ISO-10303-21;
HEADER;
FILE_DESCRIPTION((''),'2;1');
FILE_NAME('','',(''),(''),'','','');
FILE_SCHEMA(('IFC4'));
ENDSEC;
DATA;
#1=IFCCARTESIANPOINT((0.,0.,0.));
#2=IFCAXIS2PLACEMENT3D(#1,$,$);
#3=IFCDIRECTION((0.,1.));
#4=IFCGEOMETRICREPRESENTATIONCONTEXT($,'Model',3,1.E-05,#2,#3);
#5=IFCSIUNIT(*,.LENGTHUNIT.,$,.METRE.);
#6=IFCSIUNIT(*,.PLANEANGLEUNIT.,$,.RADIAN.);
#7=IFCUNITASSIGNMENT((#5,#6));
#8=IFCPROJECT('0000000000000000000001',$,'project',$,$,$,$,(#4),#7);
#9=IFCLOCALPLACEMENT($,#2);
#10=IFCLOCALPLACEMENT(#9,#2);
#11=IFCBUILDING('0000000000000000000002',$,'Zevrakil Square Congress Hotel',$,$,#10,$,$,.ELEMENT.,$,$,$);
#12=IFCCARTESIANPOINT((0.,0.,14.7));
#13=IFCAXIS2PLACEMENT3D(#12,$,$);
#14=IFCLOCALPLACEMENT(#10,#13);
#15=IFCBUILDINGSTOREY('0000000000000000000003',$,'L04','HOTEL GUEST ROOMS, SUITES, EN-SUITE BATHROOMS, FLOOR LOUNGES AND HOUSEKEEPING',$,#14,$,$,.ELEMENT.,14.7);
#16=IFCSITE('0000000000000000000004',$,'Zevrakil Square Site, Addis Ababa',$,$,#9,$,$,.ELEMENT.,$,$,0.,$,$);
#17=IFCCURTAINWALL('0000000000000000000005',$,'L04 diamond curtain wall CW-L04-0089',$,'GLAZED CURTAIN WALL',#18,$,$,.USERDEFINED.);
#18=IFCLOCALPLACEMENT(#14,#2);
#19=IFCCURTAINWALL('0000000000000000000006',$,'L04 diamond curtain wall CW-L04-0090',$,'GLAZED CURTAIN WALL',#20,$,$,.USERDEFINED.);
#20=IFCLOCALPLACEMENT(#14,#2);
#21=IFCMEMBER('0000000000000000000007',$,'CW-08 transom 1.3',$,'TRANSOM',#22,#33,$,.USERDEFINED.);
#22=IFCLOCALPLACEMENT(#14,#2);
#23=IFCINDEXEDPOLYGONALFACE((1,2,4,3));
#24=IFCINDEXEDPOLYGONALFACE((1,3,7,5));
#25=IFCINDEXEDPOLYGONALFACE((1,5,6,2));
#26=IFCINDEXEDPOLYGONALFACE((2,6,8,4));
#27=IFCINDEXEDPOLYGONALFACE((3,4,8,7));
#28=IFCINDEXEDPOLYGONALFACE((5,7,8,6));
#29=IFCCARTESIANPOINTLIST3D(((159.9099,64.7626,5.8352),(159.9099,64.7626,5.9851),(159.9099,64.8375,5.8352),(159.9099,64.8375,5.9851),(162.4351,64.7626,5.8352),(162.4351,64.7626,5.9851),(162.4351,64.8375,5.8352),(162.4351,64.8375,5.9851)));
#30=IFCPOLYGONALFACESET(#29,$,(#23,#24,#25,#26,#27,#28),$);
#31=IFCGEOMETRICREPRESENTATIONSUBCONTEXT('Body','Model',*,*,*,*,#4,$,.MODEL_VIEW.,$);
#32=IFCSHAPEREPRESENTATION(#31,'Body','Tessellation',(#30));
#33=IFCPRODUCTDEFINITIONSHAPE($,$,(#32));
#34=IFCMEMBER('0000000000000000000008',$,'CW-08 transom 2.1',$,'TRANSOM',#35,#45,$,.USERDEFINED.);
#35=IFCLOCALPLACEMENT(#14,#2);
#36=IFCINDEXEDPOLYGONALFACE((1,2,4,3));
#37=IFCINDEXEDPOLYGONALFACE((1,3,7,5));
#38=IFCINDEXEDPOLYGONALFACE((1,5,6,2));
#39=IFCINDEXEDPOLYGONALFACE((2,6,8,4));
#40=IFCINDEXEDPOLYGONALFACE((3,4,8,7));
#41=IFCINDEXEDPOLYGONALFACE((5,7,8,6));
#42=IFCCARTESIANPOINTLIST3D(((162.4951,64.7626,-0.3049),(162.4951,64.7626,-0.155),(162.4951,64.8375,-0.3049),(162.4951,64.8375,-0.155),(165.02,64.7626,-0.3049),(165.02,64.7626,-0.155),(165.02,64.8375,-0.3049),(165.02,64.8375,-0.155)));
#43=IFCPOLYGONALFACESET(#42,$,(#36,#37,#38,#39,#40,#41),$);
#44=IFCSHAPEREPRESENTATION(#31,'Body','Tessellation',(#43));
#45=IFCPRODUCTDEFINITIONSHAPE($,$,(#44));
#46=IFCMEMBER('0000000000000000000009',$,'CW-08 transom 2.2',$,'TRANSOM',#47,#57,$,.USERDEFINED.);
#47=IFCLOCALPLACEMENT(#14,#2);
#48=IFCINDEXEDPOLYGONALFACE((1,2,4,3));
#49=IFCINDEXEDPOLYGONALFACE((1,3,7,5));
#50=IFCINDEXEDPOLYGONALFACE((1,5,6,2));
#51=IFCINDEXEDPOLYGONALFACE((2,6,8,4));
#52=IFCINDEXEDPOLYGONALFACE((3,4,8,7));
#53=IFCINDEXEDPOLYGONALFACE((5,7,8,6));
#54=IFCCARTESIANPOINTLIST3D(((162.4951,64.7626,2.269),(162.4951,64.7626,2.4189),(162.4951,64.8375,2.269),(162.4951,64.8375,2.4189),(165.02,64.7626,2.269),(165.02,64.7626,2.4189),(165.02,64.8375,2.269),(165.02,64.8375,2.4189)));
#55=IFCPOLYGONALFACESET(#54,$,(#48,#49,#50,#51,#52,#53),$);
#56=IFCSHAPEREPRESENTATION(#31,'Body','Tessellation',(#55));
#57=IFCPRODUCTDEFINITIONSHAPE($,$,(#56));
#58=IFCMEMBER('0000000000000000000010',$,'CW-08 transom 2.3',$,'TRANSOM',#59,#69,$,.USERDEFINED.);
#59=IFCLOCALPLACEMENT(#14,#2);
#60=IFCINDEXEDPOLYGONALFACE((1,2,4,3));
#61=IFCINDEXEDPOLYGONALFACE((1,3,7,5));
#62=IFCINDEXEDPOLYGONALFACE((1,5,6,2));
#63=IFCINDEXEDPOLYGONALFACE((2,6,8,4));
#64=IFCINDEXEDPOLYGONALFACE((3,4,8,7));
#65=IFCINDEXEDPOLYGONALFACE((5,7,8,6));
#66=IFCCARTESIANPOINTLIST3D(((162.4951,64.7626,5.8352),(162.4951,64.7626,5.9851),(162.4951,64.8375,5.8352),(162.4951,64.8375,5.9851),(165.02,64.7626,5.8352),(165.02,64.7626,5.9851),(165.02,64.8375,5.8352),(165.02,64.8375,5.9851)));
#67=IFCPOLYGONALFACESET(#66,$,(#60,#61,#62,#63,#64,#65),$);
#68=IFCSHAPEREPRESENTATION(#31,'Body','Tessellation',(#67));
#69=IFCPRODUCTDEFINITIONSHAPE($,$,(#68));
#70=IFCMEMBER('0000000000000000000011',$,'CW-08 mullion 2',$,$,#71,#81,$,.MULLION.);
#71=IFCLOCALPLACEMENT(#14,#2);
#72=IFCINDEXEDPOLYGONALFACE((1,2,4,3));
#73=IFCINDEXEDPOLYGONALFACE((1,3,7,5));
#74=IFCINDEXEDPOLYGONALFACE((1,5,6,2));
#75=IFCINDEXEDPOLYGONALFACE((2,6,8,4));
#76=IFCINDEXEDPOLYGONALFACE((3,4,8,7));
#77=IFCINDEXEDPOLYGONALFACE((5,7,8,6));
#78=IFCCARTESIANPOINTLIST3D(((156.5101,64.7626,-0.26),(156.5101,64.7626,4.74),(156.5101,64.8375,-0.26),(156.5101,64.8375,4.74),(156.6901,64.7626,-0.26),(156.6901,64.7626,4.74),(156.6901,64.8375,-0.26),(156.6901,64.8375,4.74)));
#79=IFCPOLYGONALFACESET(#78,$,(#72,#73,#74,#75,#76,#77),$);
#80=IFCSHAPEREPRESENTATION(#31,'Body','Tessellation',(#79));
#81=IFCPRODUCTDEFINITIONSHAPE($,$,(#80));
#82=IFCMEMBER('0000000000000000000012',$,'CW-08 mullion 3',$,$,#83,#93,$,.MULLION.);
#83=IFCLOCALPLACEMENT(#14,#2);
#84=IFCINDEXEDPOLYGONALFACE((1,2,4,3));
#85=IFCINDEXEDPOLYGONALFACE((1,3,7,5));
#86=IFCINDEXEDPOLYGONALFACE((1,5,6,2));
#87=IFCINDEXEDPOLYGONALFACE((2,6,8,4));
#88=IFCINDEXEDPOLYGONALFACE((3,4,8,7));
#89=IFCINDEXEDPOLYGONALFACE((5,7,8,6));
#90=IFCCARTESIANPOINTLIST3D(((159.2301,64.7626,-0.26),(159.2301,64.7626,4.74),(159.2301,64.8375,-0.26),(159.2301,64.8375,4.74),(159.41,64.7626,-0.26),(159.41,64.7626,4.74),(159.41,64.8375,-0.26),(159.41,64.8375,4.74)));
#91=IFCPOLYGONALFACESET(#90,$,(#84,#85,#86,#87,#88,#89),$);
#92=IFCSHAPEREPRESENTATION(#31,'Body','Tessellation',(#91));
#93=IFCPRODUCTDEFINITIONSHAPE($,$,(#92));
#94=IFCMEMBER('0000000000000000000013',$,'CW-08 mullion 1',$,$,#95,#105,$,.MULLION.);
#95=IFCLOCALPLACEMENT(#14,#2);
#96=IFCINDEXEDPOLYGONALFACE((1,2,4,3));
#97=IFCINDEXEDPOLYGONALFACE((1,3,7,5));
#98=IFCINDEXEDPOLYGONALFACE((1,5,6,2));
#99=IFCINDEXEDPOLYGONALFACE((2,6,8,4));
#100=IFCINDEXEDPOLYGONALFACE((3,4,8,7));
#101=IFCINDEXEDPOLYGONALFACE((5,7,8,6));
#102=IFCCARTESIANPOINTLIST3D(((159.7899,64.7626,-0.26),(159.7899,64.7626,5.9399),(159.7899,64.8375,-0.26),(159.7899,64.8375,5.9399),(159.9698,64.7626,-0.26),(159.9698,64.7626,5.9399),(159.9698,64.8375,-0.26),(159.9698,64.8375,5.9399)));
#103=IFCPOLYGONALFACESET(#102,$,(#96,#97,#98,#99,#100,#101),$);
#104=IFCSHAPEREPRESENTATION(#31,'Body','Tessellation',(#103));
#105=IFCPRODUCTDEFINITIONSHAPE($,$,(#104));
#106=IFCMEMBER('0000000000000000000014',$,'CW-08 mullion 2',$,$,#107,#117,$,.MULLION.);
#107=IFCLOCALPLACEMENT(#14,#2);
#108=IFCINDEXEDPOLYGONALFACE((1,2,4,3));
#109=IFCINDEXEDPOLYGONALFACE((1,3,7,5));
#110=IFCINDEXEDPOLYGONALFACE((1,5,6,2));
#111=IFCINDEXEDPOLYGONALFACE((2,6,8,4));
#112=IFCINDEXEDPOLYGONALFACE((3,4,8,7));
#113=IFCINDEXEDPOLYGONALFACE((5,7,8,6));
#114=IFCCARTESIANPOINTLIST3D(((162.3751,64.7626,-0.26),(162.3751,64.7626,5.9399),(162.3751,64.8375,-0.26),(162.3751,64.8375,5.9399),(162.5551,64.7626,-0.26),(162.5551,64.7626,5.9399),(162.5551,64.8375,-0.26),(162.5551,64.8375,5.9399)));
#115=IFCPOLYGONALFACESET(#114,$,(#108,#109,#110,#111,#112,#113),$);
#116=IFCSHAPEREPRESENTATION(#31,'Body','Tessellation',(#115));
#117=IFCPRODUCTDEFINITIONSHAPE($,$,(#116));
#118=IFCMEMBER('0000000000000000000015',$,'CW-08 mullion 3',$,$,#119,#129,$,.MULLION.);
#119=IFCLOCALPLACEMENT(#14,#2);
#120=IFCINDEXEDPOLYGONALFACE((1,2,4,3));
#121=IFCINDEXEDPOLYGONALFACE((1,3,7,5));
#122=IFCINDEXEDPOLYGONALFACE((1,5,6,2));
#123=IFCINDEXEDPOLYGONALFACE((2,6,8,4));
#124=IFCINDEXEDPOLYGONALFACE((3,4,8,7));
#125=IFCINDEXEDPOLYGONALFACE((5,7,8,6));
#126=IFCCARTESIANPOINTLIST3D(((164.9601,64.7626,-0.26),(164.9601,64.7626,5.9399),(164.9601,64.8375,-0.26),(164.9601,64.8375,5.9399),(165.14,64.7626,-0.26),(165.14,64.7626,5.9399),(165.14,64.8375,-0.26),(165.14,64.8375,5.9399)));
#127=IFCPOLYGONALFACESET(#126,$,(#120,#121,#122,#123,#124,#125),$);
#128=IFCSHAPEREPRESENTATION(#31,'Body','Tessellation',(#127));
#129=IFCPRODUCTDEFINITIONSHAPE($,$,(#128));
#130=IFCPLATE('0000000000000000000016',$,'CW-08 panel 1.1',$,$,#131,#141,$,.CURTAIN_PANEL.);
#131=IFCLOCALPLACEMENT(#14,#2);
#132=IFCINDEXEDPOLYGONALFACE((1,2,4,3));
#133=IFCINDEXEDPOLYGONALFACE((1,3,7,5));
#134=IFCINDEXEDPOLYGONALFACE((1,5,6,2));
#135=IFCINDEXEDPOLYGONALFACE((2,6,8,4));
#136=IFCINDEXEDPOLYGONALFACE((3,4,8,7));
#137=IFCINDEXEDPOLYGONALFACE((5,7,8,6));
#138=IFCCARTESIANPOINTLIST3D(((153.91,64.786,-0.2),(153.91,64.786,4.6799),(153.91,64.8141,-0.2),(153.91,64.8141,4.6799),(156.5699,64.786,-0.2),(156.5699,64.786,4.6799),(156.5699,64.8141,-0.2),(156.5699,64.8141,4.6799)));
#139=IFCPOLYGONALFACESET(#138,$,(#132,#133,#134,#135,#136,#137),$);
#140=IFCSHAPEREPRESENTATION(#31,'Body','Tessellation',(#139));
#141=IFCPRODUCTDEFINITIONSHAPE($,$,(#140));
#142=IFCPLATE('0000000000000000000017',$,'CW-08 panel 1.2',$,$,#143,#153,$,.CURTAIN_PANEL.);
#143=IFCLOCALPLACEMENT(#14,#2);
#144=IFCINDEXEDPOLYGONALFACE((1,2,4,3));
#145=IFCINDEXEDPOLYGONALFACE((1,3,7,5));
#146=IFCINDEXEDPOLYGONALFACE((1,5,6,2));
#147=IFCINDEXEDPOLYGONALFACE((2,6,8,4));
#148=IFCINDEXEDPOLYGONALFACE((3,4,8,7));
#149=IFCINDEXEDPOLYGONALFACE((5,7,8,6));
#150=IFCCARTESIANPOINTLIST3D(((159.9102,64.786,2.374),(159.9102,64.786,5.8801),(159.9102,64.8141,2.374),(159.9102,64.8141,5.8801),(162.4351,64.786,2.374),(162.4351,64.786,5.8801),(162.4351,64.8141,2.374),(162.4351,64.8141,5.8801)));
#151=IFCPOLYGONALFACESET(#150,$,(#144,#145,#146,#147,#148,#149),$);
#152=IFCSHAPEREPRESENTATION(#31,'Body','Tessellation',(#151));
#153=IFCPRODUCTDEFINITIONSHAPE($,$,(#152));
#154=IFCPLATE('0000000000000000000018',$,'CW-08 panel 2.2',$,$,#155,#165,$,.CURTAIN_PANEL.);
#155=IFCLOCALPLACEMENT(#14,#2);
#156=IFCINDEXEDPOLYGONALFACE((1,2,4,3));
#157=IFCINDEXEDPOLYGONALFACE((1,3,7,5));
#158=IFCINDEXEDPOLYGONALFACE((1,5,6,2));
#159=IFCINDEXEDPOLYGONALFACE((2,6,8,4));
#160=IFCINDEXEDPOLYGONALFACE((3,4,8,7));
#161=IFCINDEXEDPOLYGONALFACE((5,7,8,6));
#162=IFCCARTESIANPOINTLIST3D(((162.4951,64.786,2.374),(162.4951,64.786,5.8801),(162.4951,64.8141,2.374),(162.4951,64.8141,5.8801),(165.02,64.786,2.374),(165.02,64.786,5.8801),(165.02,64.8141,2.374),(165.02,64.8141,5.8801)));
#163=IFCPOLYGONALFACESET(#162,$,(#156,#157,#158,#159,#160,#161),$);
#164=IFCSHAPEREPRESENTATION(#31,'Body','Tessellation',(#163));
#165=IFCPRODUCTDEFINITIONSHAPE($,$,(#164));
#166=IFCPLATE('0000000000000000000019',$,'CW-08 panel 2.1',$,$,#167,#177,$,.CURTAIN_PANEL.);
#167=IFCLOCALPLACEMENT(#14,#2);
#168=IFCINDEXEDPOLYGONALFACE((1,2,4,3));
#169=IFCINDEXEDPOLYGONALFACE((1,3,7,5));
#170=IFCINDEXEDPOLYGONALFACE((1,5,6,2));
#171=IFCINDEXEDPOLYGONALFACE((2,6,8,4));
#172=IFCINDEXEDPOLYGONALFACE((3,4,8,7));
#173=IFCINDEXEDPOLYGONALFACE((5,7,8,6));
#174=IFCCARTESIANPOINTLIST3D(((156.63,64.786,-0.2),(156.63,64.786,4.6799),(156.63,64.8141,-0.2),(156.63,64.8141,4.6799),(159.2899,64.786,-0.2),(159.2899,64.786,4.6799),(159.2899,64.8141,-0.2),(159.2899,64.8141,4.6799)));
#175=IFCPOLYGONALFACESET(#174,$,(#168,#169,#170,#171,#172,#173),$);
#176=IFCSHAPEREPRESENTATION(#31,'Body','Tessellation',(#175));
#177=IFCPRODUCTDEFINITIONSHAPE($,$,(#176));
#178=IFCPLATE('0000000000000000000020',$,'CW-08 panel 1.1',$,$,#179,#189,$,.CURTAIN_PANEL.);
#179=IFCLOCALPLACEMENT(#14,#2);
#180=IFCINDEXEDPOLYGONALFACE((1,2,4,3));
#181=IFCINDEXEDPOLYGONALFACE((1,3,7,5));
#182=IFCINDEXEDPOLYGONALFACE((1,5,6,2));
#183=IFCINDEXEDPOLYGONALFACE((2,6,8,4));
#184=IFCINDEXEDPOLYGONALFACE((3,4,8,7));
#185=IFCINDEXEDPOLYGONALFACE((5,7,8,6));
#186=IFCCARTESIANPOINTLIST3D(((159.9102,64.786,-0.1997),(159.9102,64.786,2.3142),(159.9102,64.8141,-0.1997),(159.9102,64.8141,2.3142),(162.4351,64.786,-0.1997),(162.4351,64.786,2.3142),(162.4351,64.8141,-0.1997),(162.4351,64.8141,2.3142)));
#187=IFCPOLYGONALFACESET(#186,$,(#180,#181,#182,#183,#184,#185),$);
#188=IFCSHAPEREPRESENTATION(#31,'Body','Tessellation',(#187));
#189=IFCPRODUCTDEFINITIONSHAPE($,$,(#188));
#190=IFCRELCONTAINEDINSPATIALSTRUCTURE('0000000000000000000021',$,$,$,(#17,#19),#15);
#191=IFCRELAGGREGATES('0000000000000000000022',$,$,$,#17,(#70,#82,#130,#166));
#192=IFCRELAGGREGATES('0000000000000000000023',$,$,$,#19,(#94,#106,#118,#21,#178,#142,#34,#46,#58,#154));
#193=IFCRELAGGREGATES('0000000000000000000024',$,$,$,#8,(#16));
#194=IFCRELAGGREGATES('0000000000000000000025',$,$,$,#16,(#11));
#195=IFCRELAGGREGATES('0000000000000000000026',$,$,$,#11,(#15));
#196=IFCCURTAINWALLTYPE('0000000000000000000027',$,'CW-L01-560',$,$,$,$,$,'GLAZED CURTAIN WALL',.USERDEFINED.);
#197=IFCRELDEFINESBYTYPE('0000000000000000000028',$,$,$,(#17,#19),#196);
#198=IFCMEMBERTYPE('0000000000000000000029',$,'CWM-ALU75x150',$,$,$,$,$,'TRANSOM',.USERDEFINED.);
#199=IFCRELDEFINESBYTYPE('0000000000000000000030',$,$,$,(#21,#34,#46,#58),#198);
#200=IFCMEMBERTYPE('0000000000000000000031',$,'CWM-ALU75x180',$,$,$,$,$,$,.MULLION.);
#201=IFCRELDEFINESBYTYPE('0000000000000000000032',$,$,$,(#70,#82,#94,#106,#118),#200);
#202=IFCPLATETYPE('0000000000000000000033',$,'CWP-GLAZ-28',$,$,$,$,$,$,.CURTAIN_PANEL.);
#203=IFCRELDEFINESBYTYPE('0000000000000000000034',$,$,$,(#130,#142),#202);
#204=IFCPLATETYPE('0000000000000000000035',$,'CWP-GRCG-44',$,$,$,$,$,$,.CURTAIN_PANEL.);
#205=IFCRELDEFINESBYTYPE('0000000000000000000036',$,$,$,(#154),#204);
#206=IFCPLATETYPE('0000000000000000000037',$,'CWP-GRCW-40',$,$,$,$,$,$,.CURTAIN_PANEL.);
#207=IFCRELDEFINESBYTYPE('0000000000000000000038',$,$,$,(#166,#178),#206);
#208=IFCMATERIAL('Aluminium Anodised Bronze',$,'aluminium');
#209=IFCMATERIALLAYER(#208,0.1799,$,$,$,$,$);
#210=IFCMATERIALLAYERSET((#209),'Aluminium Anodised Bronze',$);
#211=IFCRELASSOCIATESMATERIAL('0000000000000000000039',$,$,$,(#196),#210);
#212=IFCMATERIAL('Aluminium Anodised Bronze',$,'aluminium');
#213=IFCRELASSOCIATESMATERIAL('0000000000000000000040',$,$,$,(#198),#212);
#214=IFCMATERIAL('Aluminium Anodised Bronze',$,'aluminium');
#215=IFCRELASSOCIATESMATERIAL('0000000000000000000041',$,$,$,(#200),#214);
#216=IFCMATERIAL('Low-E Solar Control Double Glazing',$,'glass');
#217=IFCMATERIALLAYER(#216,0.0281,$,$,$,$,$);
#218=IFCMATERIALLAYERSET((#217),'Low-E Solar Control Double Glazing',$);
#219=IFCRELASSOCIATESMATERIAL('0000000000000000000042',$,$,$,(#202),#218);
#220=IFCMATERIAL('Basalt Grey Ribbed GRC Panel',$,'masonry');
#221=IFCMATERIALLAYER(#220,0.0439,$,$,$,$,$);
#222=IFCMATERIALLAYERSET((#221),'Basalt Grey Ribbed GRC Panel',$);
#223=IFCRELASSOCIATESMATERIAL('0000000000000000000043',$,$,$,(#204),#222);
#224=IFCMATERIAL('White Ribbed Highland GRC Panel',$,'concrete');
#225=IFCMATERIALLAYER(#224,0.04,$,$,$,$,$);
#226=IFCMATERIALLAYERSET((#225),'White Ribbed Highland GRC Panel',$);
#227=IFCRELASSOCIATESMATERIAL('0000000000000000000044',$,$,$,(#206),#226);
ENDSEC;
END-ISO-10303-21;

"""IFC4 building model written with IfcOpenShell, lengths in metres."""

from ifc_helpers import new_model, si_unit, direction, frame, origin, origin_2d, place, context, subcontext, project, spatial, rectangle, extrude, material, layer, layer_set, material_profile, profile_set, type_object, element, aggregate, save


model = new_model("IFC4")

# Units and contexts
model_context = context("Model", 3, precision=1e-05, world=origin(), true_north=direction((0.0, 1.0)))
body_context = subcontext(model_context, "Body", "Model", "MODEL_VIEW")
ifc_project = project(units=[si_unit("LENGTHUNIT", "METRE"), si_unit("PLANEANGLEUNIT", "RADIAN")], contexts=[model_context])

# Site, building, storey
site_placement = place(None, origin())
site = spatial("IfcSite", under=ifc_project, at=site_placement, Name="Zevrakil Square Site, Addis Ababa", CompositionType="ELEMENT", RefElevation=0.0)
building_placement = place(site_placement, origin())
building = spatial("IfcBuilding", under=site, at=building_placement, Name="Zevrakil Square Congress Hotel", CompositionType="ELEMENT")
storey_placement = place(building_placement, frame((0.0, 0.0, 14.7)))
storey = spatial("IfcBuildingStorey", under=building, at=storey_placement, Name="L04", Description="HOTEL GUEST ROOMS, SUITES, EN-SUITE BATHROOMS, FLOOR LOUNGES AND HOUSEKEEPING", CompositionType="ELEMENT", Elevation=14.7)

# Curtain walls, members
ifc_material_1 = material(Name="Aluminium Anodised Bronze", Category="aluminium")
ifc_layer_1 = layer(ifc_material_1, 0.1799)
ifc_layer_set_1 = layer_set([ifc_layer_1], Name="Aluminium Anodised Bronze")
curtain_wall_type = type_object("IfcCurtainWallType", Name="CW-L01-560", ElementType="GLAZED CURTAIN WALL", PredefinedType="USERDEFINED", material=ifc_layer_set_1)
curtain_wall_1_placement = place(storey_placement, origin())
curtain_wall_1 = element("IfcCurtainWall", 1, at=curtain_wall_1_placement, inside=storey, type_object=curtain_wall_type, Name="L04 diamond curtain wall CW-L04-0089", ObjectType="GLAZED CURTAIN WALL", PredefinedType="USERDEFINED")
ifc_material_2 = material(Name="Aluminium Anodised Bronze", Category="aluminium")
ifc_material_profile_1 = material_profile(ifc_material_2, rectangle(XDim=0.075, YDim=0.1499, at=origin_2d()), Name="ALU 75x150")
ifc_profile_set_1 = profile_set([ifc_material_profile_1], Name="Aluminium Anodised Bronze")
member_type_1 = type_object("IfcMemberType", Name="CWM-ALU75x150", ElementType="TRANSOM", PredefinedType="USERDEFINED", material=ifc_profile_set_1)
curtain_wall_2_placement = place(storey_placement, origin())
curtain_wall_2 = element("IfcCurtainWall", 2, at=curtain_wall_2_placement, inside=storey, type_object=curtain_wall_type, Name="L04 diamond curtain wall CW-L04-0090", ObjectType="GLAZED CURTAIN WALL", PredefinedType="USERDEFINED")
member_1_placement = place(storey_placement, frame((159.9099, 64.8, 5.9102), z_axis=(1.0, 0.0, 0.0), x_axis=(0.0, 1.0, 0.0)))
member_1 = element("IfcMember", 3, at=member_1_placement, type_object=member_type_1, Name="CW-08 transom 1.3", ObjectType="TRANSOM", PredefinedType="USERDEFINED", context=body_context, shape_type="SweptSolid", body=[
    extrude(rectangle(XDim=0.075, YDim=0.1499, at=origin_2d()), origin(), (0.0, 0.0, 1.0), 2.5251),
])
member_2_placement = place(storey_placement, frame((162.4951, 64.8, -0.23), z_axis=(1.0, 0.0, 0.0), x_axis=(0.0, 1.0, 0.0)))
member_2 = element("IfcMember", 4, at=member_2_placement, type_object=member_type_1, Name="CW-08 transom 2.1", ObjectType="TRANSOM", PredefinedType="USERDEFINED", context=body_context, shape_type="SweptSolid", body=[
    extrude(rectangle(XDim=0.075, YDim=0.1499, at=origin_2d()), origin(), (0.0, 0.0, 1.0), 2.5249),
])
member_3_placement = place(storey_placement, frame((162.4951, 64.8, 2.344), z_axis=(1.0, 0.0, 0.0), x_axis=(0.0, 1.0, 0.0)))
member_3 = element("IfcMember", 5, at=member_3_placement, type_object=member_type_1, Name="CW-08 transom 2.2", ObjectType="TRANSOM", PredefinedType="USERDEFINED", context=body_context, shape_type="SweptSolid", body=[
    extrude(rectangle(XDim=0.075, YDim=0.1499, at=origin_2d()), origin(), (0.0, 0.0, 1.0), 2.5249),
])
member_4_placement = place(storey_placement, frame((162.4951, 64.8, 5.9102), z_axis=(1.0, 0.0, 0.0), x_axis=(0.0, 1.0, 0.0)))
member_4 = element("IfcMember", 6, at=member_4_placement, type_object=member_type_1, Name="CW-08 transom 2.3", ObjectType="TRANSOM", PredefinedType="USERDEFINED", context=body_context, shape_type="SweptSolid", body=[
    extrude(rectangle(XDim=0.075, YDim=0.1499, at=origin_2d()), origin(), (0.0, 0.0, 1.0), 2.5249),
])

# Members
ifc_material_3 = material(Name="Aluminium Anodised Bronze", Category="aluminium")
ifc_material_profile_2 = material_profile(ifc_material_3, rectangle(XDim=0.075, YDim=0.1799, at=origin_2d()), Name="ALU 75x180")
ifc_profile_set_2 = profile_set([ifc_material_profile_2], Name="Aluminium Anodised Bronze")
member_type_2 = type_object("IfcMemberType", Name="CWM-ALU75x180", PredefinedType="MULLION", material=ifc_profile_set_2)
member_5_placement = place(storey_placement, frame((156.6001, 64.8, -0.26), z_axis=(0.0, 0.0, 1.0), x_axis=(0.0, 1.0, 0.0)))
member_5 = element("IfcMember", 7, at=member_5_placement, type_object=member_type_2, Name="CW-08 mullion 2", PredefinedType="MULLION", context=body_context, shape_type="SweptSolid", body=[
    extrude(rectangle(XDim=0.075, YDim=0.1799, at=origin_2d()), origin(), (0.0, 0.0, 1.0), 5.0),
])
member_6_placement = place(storey_placement, frame((159.3201, 64.8, -0.26), z_axis=(0.0, 0.0, 1.0), x_axis=(0.0, 1.0, 0.0)))
member_6 = element("IfcMember", 8, at=member_6_placement, type_object=member_type_2, Name="CW-08 mullion 3", PredefinedType="MULLION", context=body_context, shape_type="SweptSolid", body=[
    extrude(rectangle(XDim=0.075, YDim=0.1799, at=origin_2d()), origin(), (0.0, 0.0, 1.0), 5.0),
])
member_7_placement = place(storey_placement, frame((159.8799, 64.8, -0.26), z_axis=(0.0, 0.0, 1.0), x_axis=(0.0, 1.0, 0.0)))
member_7 = element("IfcMember", 9, at=member_7_placement, type_object=member_type_2, Name="CW-08 mullion 1", PredefinedType="MULLION", context=body_context, shape_type="SweptSolid", body=[
    extrude(rectangle(XDim=0.075, YDim=0.1799, at=origin_2d()), origin(), (0.0, 0.0, 1.0), 6.2),
])
member_8_placement = place(storey_placement, frame((162.4651, 64.8, -0.26), z_axis=(0.0, 0.0, 1.0), x_axis=(0.0, 1.0, 0.0)))
member_8 = element("IfcMember", 10, at=member_8_placement, type_object=member_type_2, Name="CW-08 mullion 2", PredefinedType="MULLION", context=body_context, shape_type="SweptSolid", body=[
    extrude(rectangle(XDim=0.075, YDim=0.1799, at=origin_2d()), origin(), (0.0, 0.0, 1.0), 6.2),
])
member_9_placement = place(storey_placement, frame((165.05, 64.8, -0.26), z_axis=(0.0, 0.0, 1.0), x_axis=(0.0, 1.0, 0.0)))
member_9 = element("IfcMember", 11, at=member_9_placement, type_object=member_type_2, Name="CW-08 mullion 3", PredefinedType="MULLION", context=body_context, shape_type="SweptSolid", body=[
    extrude(rectangle(XDim=0.075, YDim=0.1799, at=origin_2d()), origin(), (0.0, 0.0, 1.0), 6.2),
])

# Plates
ifc_material_4 = material(Name="Low-E Solar Control Double Glazing", Category="glass")
ifc_layer_2 = layer(ifc_material_4, 0.0281)
ifc_layer_set_2 = layer_set([ifc_layer_2], Name="Low-E Solar Control Double Glazing")
plate_type_1 = type_object("IfcPlateType", Name="CWP-GLAZ-28", PredefinedType="CURTAIN_PANEL", material=ifc_layer_set_2)
plate_1_placement = place(storey_placement, frame((155.24, 64.8, -0.2), z_axis=(0.0, 0.0, 1.0), x_axis=(1.0, 0.0, 0.0)))
plate_1 = element("IfcPlate", 12, at=plate_1_placement, type_object=plate_type_1, Name="CW-08 panel 1.1", PredefinedType="CURTAIN_PANEL", context=body_context, shape_type="SweptSolid", body=[
    extrude(rectangle(XDim=2.6599, YDim=0.0281, at=origin_2d()), origin(), (0.0, 0.0, 1.0), 4.8799),
])
plate_2_placement = place(storey_placement, frame((161.1726, 64.8, 2.374), z_axis=(0.0, 0.0, 1.0), x_axis=(1.0, 0.0, 0.0)))
plate_2 = element("IfcPlate", 13, at=plate_2_placement, type_object=plate_type_1, Name="CW-08 panel 1.2", PredefinedType="CURTAIN_PANEL", context=body_context, shape_type="SweptSolid", body=[
    extrude(rectangle(XDim=2.5249, YDim=0.0281, at=origin_2d()), origin(), (0.0, 0.0, 1.0), 3.5061),
])
ifc_material_5 = material(Name="Basalt Grey Ribbed GRC Panel", Category="masonry")
ifc_layer_3 = layer(ifc_material_5, 0.0439)
ifc_layer_set_3 = layer_set([ifc_layer_3], Name="Basalt Grey Ribbed GRC Panel")
plate_type_2 = type_object("IfcPlateType", Name="CWP-GRCG-44", PredefinedType="CURTAIN_PANEL", material=ifc_layer_set_3)
plate_3_placement = place(storey_placement, frame((163.7576, 64.8, 2.374), z_axis=(0.0, 0.0, 1.0), x_axis=(1.0, 0.0, 0.0)))
plate_3 = element("IfcPlate", 14, at=plate_3_placement, type_object=plate_type_2, Name="CW-08 panel 2.2", PredefinedType="CURTAIN_PANEL", context=body_context, shape_type="SweptSolid", body=[
    extrude(rectangle(XDim=2.5249, YDim=0.0281, at=origin_2d()), origin(), (0.0, 0.0, 1.0), 3.5061),
])
ifc_material_6 = material(Name="White Ribbed Highland GRC Panel", Category="concrete")
ifc_layer_4 = layer(ifc_material_6, 0.04)
ifc_layer_set_4 = layer_set([ifc_layer_4], Name="White Ribbed Highland GRC Panel")
plate_type_3 = type_object("IfcPlateType", Name="CWP-GRCW-40", PredefinedType="CURTAIN_PANEL", material=ifc_layer_set_4)
plate_4_placement = place(storey_placement, frame((157.96, 64.8, -0.2), z_axis=(0.0, 0.0, 1.0), x_axis=(1.0, 0.0, 0.0)))
plate_4 = element("IfcPlate", 15, at=plate_4_placement, type_object=plate_type_3, Name="CW-08 panel 2.1", PredefinedType="CURTAIN_PANEL", context=body_context, shape_type="SweptSolid", body=[
    extrude(rectangle(XDim=2.6599, YDim=0.0281, at=origin_2d()), origin(), (0.0, 0.0, 1.0), 4.8799),
])
aggregate(curtain_wall_1, [member_5, member_6, plate_1, plate_4])
plate_5_placement = place(storey_placement, frame((161.1726, 64.8, -0.1997), z_axis=(0.0, 0.0, 1.0), x_axis=(1.0, 0.0, 0.0)))
plate_5 = element("IfcPlate", 16, at=plate_5_placement, type_object=plate_type_3, Name="CW-08 panel 1.1", PredefinedType="CURTAIN_PANEL", context=body_context, shape_type="SweptSolid", body=[
    extrude(rectangle(XDim=2.5249, YDim=0.0281, at=origin_2d()), origin(), (0.0, 0.0, 1.0), 2.5139),
])
aggregate(curtain_wall_2, [member_7, member_8, member_9, member_1, plate_5, plate_2, member_2, member_3, member_4, plate_3])

save(model, "model.ifc")
